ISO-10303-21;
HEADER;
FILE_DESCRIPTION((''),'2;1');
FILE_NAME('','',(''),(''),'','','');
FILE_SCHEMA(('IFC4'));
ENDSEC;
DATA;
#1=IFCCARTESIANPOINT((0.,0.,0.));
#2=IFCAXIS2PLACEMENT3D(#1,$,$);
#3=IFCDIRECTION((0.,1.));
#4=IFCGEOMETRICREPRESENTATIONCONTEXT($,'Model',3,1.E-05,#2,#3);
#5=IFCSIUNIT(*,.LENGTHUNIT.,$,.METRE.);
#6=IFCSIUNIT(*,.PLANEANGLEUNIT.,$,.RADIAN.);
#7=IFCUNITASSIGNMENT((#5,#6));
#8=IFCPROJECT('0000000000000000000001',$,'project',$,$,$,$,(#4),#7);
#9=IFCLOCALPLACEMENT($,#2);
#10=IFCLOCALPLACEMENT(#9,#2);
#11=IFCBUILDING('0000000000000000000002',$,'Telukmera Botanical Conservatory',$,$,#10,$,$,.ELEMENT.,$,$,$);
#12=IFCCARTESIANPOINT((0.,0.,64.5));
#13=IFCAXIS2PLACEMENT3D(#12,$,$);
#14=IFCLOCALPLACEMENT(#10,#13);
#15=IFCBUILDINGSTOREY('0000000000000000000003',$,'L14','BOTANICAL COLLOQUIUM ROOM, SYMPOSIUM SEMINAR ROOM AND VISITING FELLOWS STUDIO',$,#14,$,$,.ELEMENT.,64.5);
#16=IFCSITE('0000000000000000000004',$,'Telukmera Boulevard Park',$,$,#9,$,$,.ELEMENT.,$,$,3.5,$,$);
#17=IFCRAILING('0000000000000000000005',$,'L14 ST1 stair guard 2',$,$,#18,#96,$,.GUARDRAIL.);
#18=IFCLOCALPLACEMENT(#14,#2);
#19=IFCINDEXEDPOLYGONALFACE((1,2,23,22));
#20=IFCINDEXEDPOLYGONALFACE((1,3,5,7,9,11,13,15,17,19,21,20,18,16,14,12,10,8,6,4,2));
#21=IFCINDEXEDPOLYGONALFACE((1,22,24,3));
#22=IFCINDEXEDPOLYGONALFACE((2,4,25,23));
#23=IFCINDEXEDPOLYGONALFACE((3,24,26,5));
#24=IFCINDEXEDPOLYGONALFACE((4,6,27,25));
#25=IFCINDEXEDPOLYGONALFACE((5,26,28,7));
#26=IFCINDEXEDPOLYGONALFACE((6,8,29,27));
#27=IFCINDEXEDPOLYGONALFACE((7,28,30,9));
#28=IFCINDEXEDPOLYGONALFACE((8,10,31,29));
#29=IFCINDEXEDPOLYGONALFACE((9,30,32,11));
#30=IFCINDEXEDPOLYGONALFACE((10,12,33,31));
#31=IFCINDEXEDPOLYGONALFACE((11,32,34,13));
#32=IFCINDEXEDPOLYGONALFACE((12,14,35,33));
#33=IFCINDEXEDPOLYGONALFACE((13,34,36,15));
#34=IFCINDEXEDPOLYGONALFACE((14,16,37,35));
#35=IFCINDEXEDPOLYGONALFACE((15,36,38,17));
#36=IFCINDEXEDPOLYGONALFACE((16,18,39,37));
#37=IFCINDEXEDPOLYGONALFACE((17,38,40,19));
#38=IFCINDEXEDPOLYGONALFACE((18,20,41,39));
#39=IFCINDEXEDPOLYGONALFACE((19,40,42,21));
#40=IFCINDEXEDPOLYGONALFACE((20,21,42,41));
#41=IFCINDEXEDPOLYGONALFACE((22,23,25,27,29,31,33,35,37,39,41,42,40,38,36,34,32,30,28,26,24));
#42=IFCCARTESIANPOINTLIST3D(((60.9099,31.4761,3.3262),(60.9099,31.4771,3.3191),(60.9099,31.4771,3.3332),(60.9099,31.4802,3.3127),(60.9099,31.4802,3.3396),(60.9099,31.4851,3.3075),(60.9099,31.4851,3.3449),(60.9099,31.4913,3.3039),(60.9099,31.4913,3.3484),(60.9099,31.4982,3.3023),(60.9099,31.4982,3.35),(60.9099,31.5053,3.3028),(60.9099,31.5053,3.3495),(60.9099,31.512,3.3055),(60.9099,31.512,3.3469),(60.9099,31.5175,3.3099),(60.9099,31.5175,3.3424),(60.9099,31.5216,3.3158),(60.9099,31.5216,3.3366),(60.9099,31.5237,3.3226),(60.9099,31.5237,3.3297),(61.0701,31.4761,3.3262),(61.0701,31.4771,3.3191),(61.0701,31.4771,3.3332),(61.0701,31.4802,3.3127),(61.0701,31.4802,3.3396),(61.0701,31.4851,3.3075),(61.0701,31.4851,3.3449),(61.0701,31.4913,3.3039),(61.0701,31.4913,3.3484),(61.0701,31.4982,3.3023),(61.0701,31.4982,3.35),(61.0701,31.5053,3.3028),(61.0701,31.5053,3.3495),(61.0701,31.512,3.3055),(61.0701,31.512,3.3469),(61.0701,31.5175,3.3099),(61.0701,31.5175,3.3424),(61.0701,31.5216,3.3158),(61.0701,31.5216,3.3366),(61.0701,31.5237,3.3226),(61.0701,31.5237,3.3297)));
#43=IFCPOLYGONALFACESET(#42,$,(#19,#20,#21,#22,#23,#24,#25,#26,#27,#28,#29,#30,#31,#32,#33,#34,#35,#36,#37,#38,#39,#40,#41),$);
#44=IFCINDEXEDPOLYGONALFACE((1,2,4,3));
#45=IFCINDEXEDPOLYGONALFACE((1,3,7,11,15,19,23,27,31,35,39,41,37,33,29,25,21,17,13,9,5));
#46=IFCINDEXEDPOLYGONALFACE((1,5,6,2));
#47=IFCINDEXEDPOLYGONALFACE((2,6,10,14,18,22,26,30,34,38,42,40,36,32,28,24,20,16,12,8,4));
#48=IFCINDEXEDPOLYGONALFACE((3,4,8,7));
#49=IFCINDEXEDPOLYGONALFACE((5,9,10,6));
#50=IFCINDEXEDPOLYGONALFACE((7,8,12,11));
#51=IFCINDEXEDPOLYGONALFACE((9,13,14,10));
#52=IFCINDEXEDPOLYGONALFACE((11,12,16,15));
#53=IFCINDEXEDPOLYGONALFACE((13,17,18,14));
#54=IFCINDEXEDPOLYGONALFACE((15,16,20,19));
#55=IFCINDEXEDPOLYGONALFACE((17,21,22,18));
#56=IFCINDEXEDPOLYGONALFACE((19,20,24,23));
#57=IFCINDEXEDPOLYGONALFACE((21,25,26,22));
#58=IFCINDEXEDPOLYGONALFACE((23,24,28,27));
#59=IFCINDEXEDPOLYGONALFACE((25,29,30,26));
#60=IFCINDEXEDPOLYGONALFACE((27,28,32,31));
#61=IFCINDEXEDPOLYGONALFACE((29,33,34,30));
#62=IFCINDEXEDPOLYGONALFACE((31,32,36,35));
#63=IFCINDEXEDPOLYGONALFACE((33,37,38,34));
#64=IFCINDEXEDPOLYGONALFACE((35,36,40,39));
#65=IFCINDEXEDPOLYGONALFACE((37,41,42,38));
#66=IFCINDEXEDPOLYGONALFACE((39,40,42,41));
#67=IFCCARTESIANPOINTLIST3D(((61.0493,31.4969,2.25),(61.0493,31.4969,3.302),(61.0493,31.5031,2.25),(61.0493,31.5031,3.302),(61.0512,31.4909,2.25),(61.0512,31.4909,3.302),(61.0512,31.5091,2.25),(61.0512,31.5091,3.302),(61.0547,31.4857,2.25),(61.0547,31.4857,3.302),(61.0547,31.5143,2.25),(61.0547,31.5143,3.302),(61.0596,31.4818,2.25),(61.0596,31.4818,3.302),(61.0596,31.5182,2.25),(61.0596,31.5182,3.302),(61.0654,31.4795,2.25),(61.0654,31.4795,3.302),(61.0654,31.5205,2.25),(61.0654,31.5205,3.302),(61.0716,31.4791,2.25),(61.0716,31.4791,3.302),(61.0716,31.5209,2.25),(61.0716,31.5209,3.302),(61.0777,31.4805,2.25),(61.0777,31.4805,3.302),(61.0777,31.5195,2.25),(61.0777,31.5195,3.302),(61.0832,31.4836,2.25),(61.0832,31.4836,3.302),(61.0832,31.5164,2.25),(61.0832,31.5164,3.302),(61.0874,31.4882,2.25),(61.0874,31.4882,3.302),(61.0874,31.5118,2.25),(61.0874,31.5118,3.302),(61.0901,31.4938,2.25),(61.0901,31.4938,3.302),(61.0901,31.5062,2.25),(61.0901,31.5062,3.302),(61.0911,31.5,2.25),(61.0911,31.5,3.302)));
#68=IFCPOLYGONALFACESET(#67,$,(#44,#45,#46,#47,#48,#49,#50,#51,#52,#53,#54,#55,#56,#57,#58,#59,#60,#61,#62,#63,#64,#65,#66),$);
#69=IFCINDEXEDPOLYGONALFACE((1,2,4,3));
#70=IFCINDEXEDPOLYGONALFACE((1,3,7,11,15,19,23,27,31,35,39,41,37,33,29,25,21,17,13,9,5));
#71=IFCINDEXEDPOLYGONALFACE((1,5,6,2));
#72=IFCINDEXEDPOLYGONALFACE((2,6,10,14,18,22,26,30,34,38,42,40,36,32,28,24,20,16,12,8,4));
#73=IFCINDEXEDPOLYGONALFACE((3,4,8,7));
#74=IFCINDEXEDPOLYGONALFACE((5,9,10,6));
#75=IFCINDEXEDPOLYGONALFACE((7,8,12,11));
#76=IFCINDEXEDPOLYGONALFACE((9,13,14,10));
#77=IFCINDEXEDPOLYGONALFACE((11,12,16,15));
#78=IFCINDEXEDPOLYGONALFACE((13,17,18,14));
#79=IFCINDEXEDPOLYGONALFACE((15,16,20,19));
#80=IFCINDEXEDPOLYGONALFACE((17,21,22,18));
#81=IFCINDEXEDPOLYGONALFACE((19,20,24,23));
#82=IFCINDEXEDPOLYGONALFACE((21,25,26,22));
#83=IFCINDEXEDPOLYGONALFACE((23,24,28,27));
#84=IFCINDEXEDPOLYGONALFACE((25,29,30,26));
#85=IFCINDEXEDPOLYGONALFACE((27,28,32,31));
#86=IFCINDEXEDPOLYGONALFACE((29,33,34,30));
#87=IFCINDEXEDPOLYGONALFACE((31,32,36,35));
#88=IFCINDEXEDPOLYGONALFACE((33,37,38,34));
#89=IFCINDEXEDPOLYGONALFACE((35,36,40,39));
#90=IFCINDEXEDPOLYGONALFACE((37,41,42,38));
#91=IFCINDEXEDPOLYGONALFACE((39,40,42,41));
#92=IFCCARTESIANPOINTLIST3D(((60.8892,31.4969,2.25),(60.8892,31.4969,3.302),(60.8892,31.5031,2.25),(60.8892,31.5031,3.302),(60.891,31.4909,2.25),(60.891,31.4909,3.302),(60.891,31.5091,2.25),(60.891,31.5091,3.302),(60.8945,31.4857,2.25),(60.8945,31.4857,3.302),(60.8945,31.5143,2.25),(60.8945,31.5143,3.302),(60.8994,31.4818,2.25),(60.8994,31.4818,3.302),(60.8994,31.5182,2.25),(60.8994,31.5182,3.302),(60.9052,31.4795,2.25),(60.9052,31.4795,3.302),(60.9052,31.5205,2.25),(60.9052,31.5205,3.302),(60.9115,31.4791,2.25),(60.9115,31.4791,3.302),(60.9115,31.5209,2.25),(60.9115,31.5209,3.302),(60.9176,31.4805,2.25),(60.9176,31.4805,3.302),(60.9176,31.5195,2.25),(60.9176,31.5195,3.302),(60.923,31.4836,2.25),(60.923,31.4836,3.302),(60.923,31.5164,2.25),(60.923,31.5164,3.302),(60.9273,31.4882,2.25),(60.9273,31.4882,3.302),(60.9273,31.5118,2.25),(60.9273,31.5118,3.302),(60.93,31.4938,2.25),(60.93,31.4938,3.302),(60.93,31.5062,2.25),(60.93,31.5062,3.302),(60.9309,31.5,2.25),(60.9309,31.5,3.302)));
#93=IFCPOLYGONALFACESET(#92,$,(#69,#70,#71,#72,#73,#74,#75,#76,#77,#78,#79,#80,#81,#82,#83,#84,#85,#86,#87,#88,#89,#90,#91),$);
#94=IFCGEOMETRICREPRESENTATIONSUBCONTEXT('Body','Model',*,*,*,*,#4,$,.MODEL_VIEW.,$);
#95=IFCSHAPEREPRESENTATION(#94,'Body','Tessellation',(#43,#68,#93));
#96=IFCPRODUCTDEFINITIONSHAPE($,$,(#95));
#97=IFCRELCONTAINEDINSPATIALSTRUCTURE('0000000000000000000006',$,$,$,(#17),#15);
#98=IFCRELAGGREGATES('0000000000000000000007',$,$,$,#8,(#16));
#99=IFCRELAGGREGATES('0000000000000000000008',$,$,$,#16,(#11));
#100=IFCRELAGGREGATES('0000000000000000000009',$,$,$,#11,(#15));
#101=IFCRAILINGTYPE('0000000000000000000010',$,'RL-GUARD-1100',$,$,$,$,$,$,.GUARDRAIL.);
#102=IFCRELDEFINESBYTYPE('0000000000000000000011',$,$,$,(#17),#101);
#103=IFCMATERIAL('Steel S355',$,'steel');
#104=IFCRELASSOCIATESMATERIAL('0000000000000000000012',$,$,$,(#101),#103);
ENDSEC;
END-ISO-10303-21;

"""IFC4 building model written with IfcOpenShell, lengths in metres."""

from ifc_helpers import new_model, si_unit, direction, frame, origin, origin_2d, place, context, subcontext, project, spatial, circle, extrude, material, type_object, element, save


model = new_model("IFC4")

# Units and contexts
model_context = context("Model", 3, precision=1e-05, world=origin(), true_north=direction((0.0, 1.0)))
body_context = subcontext(model_context, "Body", "Model", "MODEL_VIEW")
ifc_project = project(units=[si_unit("LENGTHUNIT", "METRE"), si_unit("PLANEANGLEUNIT", "RADIAN")], contexts=[model_context])

# Site, building, storey
site_placement = place(None, origin())
site = spatial("IfcSite", under=ifc_project, at=site_placement, Name="Telukmera Boulevard Park", CompositionType="ELEMENT", RefElevation=3.5)
building_placement = place(site_placement, origin())
building = spatial("IfcBuilding", under=site, at=building_placement, Name="Telukmera Botanical Conservatory", CompositionType="ELEMENT")
storey_placement = place(building_placement, frame((0.0, 0.0, 64.5)))
storey = spatial("IfcBuildingStorey", under=building, at=storey_placement, Name="L14", Description="BOTANICAL COLLOQUIUM ROOM, SYMPOSIUM SEMINAR ROOM AND VISITING FELLOWS STUDIO", CompositionType="ELEMENT", Elevation=64.5)

# Railing
ifc_material_1 = material(Name="Steel S355", Category="steel")
railing_type_1 = type_object("IfcRailingType", Name="RL-GUARD-1100", PredefinedType="GUARDRAIL", material=ifc_material_1)
railing_1_placement = place(storey_placement, frame((61.0701, 31.5, 2.25)))
element("IfcRailing", 1, at=railing_1_placement, inside=storey, type_object=railing_type_1, Name="L14 ST1 stair guard 2", PredefinedType="GUARDRAIL", context=body_context, shape_type="SweptSolid", body=[
    extrude(circle(Radius=0.0239, at=origin_2d()), frame((0.0, 0.0, 1.0762), z_axis=(-1.0, 0.0, 0.0), x_axis=(0.0, -1.0, 0.0)), (0.0, 0.0, 1.0), 0.1602),
    extrude(circle(Radius=0.021, at=origin_2d()), origin(), (0.0, 0.0, 1.0), 1.052),
    extrude(circle(Radius=0.021, at=origin_2d()), frame((-0.1602, 0.0, 0.0)), (0.0, 0.0, 1.0), 1.052),
])

save(model, "model.ifc")
